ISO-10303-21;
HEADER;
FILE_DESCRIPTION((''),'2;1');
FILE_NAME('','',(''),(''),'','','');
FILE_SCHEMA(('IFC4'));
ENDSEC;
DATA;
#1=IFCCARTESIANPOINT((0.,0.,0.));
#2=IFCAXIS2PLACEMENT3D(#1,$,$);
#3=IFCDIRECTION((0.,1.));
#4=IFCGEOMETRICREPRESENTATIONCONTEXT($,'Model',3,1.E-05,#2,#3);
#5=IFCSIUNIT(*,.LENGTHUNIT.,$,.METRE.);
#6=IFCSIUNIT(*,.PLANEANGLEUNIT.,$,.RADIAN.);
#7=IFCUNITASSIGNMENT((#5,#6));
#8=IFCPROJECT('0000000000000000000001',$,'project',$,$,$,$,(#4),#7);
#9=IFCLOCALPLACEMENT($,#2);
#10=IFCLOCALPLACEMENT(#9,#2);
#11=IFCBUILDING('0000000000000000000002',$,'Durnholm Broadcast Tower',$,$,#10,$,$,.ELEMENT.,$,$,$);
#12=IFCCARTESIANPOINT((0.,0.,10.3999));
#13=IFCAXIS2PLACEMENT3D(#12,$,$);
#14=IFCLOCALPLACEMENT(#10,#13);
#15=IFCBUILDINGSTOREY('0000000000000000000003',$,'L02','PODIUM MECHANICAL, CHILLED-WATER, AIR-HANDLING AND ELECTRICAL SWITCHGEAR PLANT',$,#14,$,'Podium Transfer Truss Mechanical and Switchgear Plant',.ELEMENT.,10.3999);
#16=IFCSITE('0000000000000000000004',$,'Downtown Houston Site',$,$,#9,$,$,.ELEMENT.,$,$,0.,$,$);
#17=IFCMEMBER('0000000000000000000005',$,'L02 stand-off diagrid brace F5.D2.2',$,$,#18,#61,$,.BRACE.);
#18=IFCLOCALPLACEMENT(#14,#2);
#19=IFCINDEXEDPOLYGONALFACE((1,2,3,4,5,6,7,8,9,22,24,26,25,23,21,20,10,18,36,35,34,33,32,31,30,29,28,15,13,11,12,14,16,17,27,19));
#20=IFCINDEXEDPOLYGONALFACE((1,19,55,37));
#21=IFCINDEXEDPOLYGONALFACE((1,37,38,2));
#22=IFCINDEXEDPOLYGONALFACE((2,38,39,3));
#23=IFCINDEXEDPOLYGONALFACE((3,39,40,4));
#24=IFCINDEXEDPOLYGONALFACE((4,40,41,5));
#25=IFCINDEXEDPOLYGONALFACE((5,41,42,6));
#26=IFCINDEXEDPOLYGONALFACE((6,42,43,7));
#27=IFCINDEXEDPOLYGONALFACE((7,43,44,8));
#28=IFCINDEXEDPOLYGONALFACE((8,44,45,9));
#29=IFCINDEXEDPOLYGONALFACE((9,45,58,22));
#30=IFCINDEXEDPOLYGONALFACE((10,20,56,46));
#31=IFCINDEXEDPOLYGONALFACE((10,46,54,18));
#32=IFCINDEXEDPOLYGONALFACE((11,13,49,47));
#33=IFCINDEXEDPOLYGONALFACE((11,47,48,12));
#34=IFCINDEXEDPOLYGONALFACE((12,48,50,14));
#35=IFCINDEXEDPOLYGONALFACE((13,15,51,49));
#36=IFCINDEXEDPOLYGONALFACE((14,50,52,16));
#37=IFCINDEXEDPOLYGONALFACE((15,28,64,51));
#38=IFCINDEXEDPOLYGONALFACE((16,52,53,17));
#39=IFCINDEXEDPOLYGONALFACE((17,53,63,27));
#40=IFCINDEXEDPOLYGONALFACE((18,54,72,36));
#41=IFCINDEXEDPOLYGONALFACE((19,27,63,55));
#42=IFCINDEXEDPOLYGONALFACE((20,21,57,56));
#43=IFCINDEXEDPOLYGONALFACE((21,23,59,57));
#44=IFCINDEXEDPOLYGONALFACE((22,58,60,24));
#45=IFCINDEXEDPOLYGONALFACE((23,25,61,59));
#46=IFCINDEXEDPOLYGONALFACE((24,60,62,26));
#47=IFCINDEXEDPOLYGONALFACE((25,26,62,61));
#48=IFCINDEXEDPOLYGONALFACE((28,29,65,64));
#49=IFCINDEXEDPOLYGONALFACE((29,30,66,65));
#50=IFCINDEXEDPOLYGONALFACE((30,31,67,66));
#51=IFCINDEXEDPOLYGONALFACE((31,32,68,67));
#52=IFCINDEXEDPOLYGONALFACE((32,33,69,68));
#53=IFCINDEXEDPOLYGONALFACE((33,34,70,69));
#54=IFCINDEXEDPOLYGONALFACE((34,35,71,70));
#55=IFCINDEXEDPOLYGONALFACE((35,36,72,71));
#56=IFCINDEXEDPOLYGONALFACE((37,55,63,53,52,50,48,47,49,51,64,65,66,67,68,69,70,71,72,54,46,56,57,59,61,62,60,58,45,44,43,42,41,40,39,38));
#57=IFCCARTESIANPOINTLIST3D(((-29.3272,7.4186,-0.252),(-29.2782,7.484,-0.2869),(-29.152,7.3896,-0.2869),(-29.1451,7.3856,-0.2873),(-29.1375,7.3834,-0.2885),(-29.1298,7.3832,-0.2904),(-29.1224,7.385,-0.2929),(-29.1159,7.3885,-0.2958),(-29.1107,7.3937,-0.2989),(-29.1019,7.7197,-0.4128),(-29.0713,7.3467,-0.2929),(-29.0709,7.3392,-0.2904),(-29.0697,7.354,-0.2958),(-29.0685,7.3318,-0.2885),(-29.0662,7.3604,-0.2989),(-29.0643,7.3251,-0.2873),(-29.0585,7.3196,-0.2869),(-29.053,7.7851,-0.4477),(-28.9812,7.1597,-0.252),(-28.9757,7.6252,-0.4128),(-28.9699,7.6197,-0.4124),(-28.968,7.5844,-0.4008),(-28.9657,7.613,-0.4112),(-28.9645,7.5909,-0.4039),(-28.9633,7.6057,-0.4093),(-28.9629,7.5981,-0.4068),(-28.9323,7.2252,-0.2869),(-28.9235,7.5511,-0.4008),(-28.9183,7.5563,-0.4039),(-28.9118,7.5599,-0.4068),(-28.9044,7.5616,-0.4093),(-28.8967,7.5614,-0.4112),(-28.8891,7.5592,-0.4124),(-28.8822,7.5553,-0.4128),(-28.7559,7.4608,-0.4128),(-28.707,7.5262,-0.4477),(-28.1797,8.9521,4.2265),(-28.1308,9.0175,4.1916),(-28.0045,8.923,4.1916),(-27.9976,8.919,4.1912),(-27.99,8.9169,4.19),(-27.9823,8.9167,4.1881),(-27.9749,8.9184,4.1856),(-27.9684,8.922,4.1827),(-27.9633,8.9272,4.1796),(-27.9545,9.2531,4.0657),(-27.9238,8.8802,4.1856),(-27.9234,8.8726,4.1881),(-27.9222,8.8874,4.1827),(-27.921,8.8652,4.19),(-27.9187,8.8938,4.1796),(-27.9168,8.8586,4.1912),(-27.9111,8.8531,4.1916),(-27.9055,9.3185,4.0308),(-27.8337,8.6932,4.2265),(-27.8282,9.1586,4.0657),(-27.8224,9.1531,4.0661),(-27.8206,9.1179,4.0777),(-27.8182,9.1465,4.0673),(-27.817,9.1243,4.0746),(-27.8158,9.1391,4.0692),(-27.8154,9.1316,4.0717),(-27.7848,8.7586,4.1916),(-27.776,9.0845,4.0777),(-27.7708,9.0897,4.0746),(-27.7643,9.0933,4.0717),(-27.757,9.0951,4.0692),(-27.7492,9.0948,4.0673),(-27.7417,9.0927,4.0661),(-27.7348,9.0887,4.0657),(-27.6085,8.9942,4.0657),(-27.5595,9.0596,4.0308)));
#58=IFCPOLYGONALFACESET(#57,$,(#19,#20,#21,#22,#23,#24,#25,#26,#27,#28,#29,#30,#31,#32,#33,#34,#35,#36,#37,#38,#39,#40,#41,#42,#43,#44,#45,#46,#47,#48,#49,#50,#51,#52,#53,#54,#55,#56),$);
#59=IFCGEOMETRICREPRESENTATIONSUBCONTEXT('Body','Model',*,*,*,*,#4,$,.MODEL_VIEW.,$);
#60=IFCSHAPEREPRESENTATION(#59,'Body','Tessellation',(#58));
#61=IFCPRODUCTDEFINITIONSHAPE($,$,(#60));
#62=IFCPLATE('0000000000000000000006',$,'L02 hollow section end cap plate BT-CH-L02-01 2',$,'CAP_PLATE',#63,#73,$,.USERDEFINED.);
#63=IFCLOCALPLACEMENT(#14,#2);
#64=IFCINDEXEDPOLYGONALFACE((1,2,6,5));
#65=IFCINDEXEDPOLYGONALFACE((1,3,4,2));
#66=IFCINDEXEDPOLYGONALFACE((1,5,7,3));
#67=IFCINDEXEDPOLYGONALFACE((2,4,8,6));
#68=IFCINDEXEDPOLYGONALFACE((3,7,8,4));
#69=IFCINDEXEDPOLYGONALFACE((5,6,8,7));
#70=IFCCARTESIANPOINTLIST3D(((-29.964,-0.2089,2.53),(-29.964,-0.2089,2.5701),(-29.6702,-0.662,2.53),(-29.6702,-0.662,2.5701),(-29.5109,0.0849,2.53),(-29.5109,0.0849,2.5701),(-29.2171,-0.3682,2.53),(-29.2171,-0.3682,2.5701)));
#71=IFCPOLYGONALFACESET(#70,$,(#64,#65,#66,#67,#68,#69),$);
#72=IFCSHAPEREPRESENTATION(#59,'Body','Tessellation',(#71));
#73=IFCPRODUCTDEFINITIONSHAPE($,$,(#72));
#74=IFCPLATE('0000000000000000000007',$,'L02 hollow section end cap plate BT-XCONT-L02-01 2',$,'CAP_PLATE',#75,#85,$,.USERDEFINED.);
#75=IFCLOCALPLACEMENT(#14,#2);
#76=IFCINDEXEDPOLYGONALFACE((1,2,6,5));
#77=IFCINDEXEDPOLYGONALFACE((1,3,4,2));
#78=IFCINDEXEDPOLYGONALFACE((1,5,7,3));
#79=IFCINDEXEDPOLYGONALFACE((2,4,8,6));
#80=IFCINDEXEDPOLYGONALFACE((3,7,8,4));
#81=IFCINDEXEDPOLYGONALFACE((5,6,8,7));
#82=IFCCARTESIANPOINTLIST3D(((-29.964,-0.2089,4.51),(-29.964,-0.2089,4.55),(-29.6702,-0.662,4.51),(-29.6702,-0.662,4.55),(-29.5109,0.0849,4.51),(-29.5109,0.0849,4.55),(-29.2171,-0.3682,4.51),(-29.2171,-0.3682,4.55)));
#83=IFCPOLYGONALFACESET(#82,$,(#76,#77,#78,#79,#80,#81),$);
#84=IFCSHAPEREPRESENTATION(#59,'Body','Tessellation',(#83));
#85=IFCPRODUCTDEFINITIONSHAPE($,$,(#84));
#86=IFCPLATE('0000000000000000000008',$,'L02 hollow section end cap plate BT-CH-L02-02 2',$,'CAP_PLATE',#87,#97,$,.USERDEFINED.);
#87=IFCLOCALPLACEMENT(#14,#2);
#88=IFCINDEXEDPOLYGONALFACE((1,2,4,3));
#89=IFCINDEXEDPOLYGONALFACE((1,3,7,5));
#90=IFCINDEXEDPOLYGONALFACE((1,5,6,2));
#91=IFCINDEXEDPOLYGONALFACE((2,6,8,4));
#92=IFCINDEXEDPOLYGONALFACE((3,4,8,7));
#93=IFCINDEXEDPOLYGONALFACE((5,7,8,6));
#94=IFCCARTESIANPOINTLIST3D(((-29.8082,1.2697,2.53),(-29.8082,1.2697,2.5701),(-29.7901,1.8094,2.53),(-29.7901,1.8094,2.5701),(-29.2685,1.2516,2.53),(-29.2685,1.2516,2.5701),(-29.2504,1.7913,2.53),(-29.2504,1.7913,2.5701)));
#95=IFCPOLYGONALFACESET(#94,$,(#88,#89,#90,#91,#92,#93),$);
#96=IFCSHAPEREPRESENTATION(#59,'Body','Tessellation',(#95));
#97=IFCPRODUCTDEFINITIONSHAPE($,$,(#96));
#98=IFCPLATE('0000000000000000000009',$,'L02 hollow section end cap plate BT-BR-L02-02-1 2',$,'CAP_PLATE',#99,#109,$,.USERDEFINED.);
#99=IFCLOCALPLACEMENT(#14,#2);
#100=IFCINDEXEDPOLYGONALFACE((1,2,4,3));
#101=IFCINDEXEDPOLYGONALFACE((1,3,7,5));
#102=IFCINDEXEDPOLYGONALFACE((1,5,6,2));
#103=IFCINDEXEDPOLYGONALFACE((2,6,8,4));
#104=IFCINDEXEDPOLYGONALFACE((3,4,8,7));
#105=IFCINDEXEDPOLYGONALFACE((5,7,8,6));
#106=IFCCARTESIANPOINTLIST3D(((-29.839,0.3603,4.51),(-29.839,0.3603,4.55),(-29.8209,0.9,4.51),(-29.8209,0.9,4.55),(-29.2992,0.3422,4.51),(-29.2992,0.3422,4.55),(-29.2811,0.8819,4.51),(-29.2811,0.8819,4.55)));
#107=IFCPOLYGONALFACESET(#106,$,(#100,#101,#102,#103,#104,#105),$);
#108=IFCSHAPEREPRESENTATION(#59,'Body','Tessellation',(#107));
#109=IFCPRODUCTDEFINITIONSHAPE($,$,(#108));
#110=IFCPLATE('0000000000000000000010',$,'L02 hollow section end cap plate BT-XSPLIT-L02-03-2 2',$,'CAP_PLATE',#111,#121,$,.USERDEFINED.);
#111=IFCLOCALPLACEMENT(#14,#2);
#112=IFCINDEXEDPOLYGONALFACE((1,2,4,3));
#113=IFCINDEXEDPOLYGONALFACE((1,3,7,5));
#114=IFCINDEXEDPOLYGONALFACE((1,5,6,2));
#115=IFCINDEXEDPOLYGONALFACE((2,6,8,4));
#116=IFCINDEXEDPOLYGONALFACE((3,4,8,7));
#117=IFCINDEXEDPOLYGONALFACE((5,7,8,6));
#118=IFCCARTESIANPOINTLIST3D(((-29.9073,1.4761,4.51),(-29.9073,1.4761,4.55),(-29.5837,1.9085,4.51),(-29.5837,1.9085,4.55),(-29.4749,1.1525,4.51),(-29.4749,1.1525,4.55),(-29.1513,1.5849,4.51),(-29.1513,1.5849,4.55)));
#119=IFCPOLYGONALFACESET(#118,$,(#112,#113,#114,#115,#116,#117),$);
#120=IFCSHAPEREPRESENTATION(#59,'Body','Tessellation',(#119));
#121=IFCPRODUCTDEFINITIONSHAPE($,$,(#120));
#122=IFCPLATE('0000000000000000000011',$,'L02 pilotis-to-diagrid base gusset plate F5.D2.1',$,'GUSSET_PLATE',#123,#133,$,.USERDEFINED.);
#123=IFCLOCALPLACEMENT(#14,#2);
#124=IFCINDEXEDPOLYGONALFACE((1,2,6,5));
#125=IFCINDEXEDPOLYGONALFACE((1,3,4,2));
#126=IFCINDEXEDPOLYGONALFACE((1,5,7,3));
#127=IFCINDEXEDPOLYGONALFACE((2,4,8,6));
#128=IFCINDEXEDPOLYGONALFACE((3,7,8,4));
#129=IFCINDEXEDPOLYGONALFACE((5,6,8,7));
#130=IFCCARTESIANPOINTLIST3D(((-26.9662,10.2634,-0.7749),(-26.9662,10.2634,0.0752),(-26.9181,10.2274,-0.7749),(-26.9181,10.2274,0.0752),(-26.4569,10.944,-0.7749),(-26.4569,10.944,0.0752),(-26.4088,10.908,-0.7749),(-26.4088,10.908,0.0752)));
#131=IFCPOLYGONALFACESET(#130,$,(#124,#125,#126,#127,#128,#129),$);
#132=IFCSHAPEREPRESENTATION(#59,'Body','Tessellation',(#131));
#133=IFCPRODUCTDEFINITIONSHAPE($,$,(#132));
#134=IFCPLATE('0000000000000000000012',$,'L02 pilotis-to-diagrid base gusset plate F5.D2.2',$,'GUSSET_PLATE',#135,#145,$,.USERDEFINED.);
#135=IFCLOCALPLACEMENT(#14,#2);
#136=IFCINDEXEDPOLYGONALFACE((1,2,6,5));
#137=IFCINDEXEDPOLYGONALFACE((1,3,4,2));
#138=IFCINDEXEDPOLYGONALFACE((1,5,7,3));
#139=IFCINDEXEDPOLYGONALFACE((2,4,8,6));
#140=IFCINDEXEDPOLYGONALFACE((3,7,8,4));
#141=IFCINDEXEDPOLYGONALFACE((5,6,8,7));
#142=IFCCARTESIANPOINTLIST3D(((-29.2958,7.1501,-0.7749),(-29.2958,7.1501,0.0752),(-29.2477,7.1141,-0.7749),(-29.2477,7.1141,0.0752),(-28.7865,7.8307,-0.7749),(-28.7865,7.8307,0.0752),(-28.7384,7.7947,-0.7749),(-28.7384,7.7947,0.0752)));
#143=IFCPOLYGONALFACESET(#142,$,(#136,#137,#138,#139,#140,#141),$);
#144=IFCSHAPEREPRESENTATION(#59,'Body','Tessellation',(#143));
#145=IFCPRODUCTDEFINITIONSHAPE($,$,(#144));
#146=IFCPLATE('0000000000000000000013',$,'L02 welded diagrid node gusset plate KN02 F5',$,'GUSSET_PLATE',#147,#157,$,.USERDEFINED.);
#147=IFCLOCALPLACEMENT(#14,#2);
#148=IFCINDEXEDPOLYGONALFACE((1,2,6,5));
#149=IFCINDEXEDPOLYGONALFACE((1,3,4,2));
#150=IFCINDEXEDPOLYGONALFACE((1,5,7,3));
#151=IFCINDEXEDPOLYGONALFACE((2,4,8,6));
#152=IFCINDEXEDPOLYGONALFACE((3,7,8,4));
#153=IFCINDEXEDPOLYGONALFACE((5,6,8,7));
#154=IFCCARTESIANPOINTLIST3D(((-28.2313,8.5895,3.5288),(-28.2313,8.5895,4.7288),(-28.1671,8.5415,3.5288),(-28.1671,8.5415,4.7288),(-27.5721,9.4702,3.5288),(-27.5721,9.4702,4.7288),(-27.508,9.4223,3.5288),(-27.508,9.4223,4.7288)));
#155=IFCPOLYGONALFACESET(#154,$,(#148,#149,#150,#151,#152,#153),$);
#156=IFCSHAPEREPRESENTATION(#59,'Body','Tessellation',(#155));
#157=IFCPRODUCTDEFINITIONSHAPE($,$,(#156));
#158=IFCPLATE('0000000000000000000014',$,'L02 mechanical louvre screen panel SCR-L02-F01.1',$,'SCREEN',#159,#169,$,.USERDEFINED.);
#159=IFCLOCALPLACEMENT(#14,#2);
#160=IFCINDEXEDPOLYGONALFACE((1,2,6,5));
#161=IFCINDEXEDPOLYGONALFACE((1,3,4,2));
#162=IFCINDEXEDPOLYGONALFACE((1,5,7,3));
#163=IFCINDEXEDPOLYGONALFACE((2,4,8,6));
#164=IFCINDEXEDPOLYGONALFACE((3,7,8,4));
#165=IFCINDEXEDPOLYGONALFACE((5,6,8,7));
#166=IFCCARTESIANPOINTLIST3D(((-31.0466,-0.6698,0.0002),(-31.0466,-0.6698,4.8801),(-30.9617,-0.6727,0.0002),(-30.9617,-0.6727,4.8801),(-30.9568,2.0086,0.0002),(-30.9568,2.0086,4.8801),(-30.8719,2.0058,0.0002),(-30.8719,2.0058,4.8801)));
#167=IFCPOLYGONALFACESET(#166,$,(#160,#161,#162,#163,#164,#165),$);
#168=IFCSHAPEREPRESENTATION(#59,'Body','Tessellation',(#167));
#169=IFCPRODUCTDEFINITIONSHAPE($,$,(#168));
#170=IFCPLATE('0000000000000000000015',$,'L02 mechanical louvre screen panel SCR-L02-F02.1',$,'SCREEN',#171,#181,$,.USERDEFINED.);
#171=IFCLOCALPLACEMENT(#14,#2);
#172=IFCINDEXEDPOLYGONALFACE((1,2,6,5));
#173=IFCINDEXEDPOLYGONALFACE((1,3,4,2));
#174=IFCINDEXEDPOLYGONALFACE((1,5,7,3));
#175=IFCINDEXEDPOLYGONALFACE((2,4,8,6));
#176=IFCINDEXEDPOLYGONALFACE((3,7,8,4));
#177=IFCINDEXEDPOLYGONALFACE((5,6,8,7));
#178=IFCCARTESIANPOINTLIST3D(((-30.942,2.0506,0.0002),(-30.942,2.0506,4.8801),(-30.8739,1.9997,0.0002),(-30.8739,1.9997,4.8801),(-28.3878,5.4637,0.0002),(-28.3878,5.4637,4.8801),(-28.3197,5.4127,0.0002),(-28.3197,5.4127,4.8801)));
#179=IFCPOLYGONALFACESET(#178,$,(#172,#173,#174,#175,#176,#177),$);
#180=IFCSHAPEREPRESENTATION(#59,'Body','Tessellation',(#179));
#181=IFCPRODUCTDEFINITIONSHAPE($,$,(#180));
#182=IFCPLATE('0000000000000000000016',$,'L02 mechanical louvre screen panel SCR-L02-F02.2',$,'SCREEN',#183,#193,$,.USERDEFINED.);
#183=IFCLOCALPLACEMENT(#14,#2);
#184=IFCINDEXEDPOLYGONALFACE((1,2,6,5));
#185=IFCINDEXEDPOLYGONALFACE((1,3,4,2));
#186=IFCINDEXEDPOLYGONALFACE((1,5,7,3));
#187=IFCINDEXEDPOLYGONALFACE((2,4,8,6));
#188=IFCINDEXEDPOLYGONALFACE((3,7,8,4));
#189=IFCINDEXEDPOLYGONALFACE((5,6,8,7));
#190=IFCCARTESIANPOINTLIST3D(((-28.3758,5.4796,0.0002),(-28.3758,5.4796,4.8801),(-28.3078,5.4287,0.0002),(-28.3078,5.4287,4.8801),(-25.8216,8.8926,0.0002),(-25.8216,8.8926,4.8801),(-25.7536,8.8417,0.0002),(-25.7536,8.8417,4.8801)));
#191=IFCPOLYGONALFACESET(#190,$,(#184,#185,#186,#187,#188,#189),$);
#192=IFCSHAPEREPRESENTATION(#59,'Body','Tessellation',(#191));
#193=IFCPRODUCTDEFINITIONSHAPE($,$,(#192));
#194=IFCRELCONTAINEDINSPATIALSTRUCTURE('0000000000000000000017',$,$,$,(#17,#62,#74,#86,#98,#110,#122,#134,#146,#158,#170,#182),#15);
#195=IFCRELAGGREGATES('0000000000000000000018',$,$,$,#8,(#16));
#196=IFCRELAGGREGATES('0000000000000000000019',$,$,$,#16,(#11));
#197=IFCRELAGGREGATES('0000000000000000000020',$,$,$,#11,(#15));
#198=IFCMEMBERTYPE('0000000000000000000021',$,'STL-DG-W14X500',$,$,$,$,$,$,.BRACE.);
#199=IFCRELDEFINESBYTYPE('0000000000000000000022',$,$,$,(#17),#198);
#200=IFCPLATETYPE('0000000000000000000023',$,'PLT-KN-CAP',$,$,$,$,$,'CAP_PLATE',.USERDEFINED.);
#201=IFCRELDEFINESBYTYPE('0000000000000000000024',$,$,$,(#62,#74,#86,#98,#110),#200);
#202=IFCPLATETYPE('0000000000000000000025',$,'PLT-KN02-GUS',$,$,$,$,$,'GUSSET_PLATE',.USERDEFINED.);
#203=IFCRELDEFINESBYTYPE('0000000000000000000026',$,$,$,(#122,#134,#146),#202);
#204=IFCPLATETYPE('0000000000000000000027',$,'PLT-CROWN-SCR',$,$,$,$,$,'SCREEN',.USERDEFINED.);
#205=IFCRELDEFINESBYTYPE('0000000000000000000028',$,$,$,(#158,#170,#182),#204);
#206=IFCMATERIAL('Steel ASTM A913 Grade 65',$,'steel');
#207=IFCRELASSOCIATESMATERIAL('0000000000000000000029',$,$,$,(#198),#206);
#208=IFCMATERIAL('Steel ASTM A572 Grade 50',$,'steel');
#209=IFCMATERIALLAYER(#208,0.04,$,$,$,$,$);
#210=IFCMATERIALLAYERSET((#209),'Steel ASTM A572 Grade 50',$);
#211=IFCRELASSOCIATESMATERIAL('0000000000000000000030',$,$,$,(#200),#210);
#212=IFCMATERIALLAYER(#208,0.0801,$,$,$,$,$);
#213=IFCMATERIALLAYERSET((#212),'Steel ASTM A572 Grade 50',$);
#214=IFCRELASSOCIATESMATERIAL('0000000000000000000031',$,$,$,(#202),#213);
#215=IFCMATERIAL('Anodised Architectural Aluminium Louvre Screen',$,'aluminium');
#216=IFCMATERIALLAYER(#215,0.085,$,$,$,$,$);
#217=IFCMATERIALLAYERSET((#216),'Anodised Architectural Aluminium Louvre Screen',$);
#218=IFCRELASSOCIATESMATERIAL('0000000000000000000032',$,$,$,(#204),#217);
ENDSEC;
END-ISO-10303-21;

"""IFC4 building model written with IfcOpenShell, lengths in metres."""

from ifc_helpers import new_model, si_unit, direction, frame, origin, origin_2d, place, context, subcontext, project, spatial, rectangle, i_section, extrude, source, transform, mapped, material, layer, layer_set, material_profile, profile_set, type_object, type_shapes, element, save


model = new_model("IFC4")

# Units and contexts
model_context = context("Model", 3, precision=1e-05, world=origin(), true_north=direction((0.0, 1.0)))
body_context = subcontext(model_context, "Body", "Model", "MODEL_VIEW")
ifc_project = project(units=[si_unit("LENGTHUNIT", "METRE"), si_unit("PLANEANGLEUNIT", "RADIAN")], contexts=[model_context])

# Site, building, storey
site_placement = place(None, origin())
site = spatial("IfcSite", under=ifc_project, at=site_placement, Name="Downtown Houston Site", CompositionType="ELEMENT", RefElevation=0.0)
building_placement = place(site_placement, origin())
building = spatial("IfcBuilding", under=site, at=building_placement, Name="Durnholm Broadcast Tower", CompositionType="ELEMENT")
storey_placement = place(building_placement, frame((0.0, 0.0, 10.3999)))
storey = spatial("IfcBuildingStorey", under=building, at=storey_placement, Name="L02", Description="PODIUM MECHANICAL, CHILLED-WATER, AIR-HANDLING AND ELECTRICAL SWITCHGEAR PLANT", LongName="Podium Transfer Truss Mechanical and Switchgear Plant", CompositionType="ELEMENT", Elevation=10.3999)

# Shared definitions
ifc_material_1 = material(Name="Steel ASTM A913 Grade 65", Category="steel")

# Member
ifc_material_profile_1 = material_profile(ifc_material_1, i_section(OverallWidth=0.4321, OverallDepth=0.4978, WebThickness=0.0557, FlangeThickness=0.0889, FilletRadius=0.0305, at=origin_2d()), Name="W14X500")
ifc_profile_set_1 = profile_set([ifc_material_profile_1], Name="Steel ASTM A913 Grade 65")
member_type_1 = type_object("IfcMemberType", Name="STL-DG-W14X500", PredefinedType="BRACE", material=ifc_profile_set_1)
shared_shape_1 = source(origin(), body_context, "Body", "SweptSolid", [
    extrude(i_section(OverallWidth=0.4321, OverallDepth=0.4978, WebThickness=0.0557, FlangeThickness=0.0889, FilletRadius=0.0305, at=origin_2d()), origin(), (0.0, 0.0, 1.0), 4.8708),
])
member_1_placement = place(storey_placement, frame((-29.0171, 7.4724, -0.3499), z_axis=(0.235577, 0.314821, 0.919452), x_axis=(-0.800657, 0.599123, 0.0)))
element("IfcMember", 1, at=member_1_placement, inside=storey, type_object=member_type_1, Name="L02 stand-off diagrid brace F5.D2.2", PredefinedType="BRACE", context=body_context, shape_type="MappedRepresentation", body=[
    mapped(shared_shape_1, transform((0.0, 0.0, 0.0), x_axis=(1.0, 0.0, 0.0), y_axis=(0.0, 1.0, 0.0), z_axis=(0.0, 0.0, 1.0), scale=1.0)),
])

# Plates
ifc_material_2 = material(Name="Steel ASTM A572 Grade 50", Category="steel")
ifc_layer_1 = layer(ifc_material_2, 0.04)
ifc_layer_set_1 = layer_set([ifc_layer_1], Name="Steel ASTM A572 Grade 50")
plate_type_1 = type_object("IfcPlateType", Name="PLT-KN-CAP", ElementType="CAP_PLATE", PredefinedType="USERDEFINED", material=ifc_layer_set_1)
shared_shape_2 = source(origin(), body_context, "Body", "SweptSolid", [
    extrude(rectangle(XDim=0.54, YDim=0.54, at=origin_2d()), origin(), (0.0, 0.0, 1.0), 0.04),
])
type_shapes(plate_type_1, [shared_shape_2])
for number, where, z_axis, x_axis, name in (
    (2, (-29.5906, -0.2886, 2.53), (0.0, 0.0, 1.0), (-0.544053, 0.839051, 0.0), "L02 hollow section end cap plate BT-CH-L02-01 2"),
    (3, (-29.5906, -0.2886, 4.51), (0.0, 0.0, 1.0), (-0.544053, 0.839051, 0.0), "L02 hollow section end cap plate BT-XCONT-L02-01 2"),
    (4, (-29.5293, 1.5305, 2.53), (0.0, 0.0, 1.0), (0.033504, 0.999439, 0.0), "L02 hollow section end cap plate BT-CH-L02-02 2"),
    (5, (-29.5601, 0.6211, 4.51), (0.0, 0.0, 1.0), (0.033504, 0.999439, 0.0), "L02 hollow section end cap plate BT-BR-L02-02-1 2"),
    (6, (-29.5293, 1.5305, 4.51), (0.0, 0.0, 1.0), (-0.599163, -0.800627, 0.0), "L02 hollow section end cap plate BT-XSPLIT-L02-03-2 2"),
):
    element("IfcPlate", number, at=place(storey_placement, frame(where, z_axis=z_axis, x_axis=x_axis)), inside=storey, type_object=plate_type_1, Name=name, ObjectType="CAP_PLATE", PredefinedType="USERDEFINED", context=body_context, shape_type="MappedRepresentation", body=[
        mapped(shared_shape_2, transform((0.0, 0.0, 0.0), x_axis=(1.0, 0.0, 0.0), y_axis=(0.0, 1.0, 0.0), z_axis=(0.0, 0.0, 1.0), scale=1.0)),
    ])
ifc_layer_2 = layer(ifc_material_2, 0.0801)
ifc_layer_set_2 = layer_set([ifc_layer_2], Name="Steel ASTM A572 Grade 50")
plate_type_2 = type_object("IfcPlateType", Name="PLT-KN02-GUS", ElementType="GUSSET_PLATE", PredefinedType="USERDEFINED", material=ifc_layer_set_2)
shared_shape_3 = source(origin(), body_context, "Body", "SweptSolid", [
    extrude(rectangle(XDim=0.8501, YDim=0.0601, at=origin_2d()), origin(), (0.0, 0.0, 1.0), 0.8501),
])
for number, where, z_axis, x_axis, name in (
    (7, (-26.6875, 10.5857, -0.7749), (0.0, 0.0, 1.0), (-0.599163, -0.800627, 0.0), "L02 pilotis-to-diagrid base gusset plate F5.D2.1"),
    (8, (-29.0171, 7.4724, -0.7749), (0.0, 0.0, 1.0), (-0.599163, -0.800627, 0.0), "L02 pilotis-to-diagrid base gusset plate F5.D2.2"),
):
    element("IfcPlate", number, at=place(storey_placement, frame(where, z_axis=z_axis, x_axis=x_axis)), inside=storey, type_object=plate_type_2, Name=name, ObjectType="GUSSET_PLATE", PredefinedType="USERDEFINED", context=body_context, shape_type="MappedRepresentation", body=[
        mapped(shared_shape_3, transform((0.0, 0.0, 0.0), x_axis=(1.0, 0.0, 0.0), y_axis=(0.0, 1.0, 0.0), z_axis=(0.0, 0.0, 1.0), scale=1.0)),
    ])
shared_shape_4 = source(origin(), body_context, "Body", "SweptSolid", [
    extrude(rectangle(XDim=1.1001, YDim=0.0801, at=origin_2d()), origin(), (0.0, 0.0, 1.0), 1.2),
])
type_shapes(plate_type_2, [shared_shape_3, shared_shape_4])
plate_1_placement = place(storey_placement, frame((-27.8696, 9.0059, 3.5288), z_axis=(0.0, 0.0, 1.0), x_axis=(-0.599163, -0.800627, 0.0)))
element("IfcPlate", 9, at=plate_1_placement, inside=storey, type_object=plate_type_2, Name="L02 welded diagrid node gusset plate KN02 F5", ObjectType="GUSSET_PLATE", PredefinedType="USERDEFINED", context=body_context, shape_type="MappedRepresentation", body=[
    mapped(shared_shape_4, transform((0.0, 0.0, 0.0), x_axis=(1.0, 0.0, 0.0), y_axis=(0.0, 1.0, 0.0), z_axis=(0.0, 0.0, 1.0), scale=1.0)),
])
ifc_material_3 = material(Name="Anodised Architectural Aluminium Louvre Screen", Category="aluminium")
ifc_layer_3 = layer(ifc_material_3, 0.085)
ifc_layer_set_3 = layer_set([ifc_layer_3], Name="Anodised Architectural Aluminium Louvre Screen")
plate_type_3 = type_object("IfcPlateType", Name="PLT-CROWN-SCR", ElementType="SCREEN", PredefinedType="USERDEFINED", material=ifc_layer_set_3)
shared_shape_5 = source(origin(), body_context, "Body", "SweptSolid", [
    extrude(rectangle(XDim=2.6799, YDim=0.085, at=origin_2d()), origin(), (0.0, 0.0, 1.0), 4.8799),
])
plate_2_placement = place(storey_placement, frame((-30.9592, 0.668, 0.0002), z_axis=(0.0, 0.0, 1.0), x_axis=(0.033504, 0.999439, 0.0)))
element("IfcPlate", 10, at=plate_2_placement, inside=storey, type_object=plate_type_3, Name="L02 mechanical louvre screen panel SCR-L02-F01.1", ObjectType="SCREEN", PredefinedType="USERDEFINED", context=body_context, shape_type="MappedRepresentation", body=[
    mapped(shared_shape_5, transform((0.0, 0.0, 0.0), x_axis=(1.0, 0.0, 0.0), y_axis=(0.0, 1.0, 0.0), z_axis=(0.0, 0.0, 1.0), scale=1.0)),
])
shared_shape_6 = source(origin(), body_context, "Body", "SweptSolid", [
    extrude(rectangle(XDim=4.2629, YDim=0.085, at=origin_2d()), origin(), (0.0, 0.0, 1.0), 4.8799),
])
type_shapes(plate_type_3, [shared_shape_5, shared_shape_6])
for number, where, z_axis, x_axis, name in (
    (11, (-29.6309, 3.7317, 0.0002), (0.0, 0.0, 1.0), (0.599163, 0.800627, 0.0), "L02 mechanical louvre screen panel SCR-L02-F02.1"),
    (12, (-27.0647, 7.1606, 0.0002), (0.0, 0.0, 1.0), (0.599163, 0.800627, 0.0), "L02 mechanical louvre screen panel SCR-L02-F02.2"),
):
    element("IfcPlate", number, at=place(storey_placement, frame(where, z_axis=z_axis, x_axis=x_axis)), inside=storey, type_object=plate_type_3, Name=name, ObjectType="SCREEN", PredefinedType="USERDEFINED", context=body_context, shape_type="MappedRepresentation", body=[
        mapped(shared_shape_6, transform((0.0, 0.0, 0.0), x_axis=(1.0, 0.0, 0.0), y_axis=(0.0, 1.0, 0.0), z_axis=(0.0, 0.0, 1.0), scale=1.0)),
    ])

save(model, "model.ifc")
